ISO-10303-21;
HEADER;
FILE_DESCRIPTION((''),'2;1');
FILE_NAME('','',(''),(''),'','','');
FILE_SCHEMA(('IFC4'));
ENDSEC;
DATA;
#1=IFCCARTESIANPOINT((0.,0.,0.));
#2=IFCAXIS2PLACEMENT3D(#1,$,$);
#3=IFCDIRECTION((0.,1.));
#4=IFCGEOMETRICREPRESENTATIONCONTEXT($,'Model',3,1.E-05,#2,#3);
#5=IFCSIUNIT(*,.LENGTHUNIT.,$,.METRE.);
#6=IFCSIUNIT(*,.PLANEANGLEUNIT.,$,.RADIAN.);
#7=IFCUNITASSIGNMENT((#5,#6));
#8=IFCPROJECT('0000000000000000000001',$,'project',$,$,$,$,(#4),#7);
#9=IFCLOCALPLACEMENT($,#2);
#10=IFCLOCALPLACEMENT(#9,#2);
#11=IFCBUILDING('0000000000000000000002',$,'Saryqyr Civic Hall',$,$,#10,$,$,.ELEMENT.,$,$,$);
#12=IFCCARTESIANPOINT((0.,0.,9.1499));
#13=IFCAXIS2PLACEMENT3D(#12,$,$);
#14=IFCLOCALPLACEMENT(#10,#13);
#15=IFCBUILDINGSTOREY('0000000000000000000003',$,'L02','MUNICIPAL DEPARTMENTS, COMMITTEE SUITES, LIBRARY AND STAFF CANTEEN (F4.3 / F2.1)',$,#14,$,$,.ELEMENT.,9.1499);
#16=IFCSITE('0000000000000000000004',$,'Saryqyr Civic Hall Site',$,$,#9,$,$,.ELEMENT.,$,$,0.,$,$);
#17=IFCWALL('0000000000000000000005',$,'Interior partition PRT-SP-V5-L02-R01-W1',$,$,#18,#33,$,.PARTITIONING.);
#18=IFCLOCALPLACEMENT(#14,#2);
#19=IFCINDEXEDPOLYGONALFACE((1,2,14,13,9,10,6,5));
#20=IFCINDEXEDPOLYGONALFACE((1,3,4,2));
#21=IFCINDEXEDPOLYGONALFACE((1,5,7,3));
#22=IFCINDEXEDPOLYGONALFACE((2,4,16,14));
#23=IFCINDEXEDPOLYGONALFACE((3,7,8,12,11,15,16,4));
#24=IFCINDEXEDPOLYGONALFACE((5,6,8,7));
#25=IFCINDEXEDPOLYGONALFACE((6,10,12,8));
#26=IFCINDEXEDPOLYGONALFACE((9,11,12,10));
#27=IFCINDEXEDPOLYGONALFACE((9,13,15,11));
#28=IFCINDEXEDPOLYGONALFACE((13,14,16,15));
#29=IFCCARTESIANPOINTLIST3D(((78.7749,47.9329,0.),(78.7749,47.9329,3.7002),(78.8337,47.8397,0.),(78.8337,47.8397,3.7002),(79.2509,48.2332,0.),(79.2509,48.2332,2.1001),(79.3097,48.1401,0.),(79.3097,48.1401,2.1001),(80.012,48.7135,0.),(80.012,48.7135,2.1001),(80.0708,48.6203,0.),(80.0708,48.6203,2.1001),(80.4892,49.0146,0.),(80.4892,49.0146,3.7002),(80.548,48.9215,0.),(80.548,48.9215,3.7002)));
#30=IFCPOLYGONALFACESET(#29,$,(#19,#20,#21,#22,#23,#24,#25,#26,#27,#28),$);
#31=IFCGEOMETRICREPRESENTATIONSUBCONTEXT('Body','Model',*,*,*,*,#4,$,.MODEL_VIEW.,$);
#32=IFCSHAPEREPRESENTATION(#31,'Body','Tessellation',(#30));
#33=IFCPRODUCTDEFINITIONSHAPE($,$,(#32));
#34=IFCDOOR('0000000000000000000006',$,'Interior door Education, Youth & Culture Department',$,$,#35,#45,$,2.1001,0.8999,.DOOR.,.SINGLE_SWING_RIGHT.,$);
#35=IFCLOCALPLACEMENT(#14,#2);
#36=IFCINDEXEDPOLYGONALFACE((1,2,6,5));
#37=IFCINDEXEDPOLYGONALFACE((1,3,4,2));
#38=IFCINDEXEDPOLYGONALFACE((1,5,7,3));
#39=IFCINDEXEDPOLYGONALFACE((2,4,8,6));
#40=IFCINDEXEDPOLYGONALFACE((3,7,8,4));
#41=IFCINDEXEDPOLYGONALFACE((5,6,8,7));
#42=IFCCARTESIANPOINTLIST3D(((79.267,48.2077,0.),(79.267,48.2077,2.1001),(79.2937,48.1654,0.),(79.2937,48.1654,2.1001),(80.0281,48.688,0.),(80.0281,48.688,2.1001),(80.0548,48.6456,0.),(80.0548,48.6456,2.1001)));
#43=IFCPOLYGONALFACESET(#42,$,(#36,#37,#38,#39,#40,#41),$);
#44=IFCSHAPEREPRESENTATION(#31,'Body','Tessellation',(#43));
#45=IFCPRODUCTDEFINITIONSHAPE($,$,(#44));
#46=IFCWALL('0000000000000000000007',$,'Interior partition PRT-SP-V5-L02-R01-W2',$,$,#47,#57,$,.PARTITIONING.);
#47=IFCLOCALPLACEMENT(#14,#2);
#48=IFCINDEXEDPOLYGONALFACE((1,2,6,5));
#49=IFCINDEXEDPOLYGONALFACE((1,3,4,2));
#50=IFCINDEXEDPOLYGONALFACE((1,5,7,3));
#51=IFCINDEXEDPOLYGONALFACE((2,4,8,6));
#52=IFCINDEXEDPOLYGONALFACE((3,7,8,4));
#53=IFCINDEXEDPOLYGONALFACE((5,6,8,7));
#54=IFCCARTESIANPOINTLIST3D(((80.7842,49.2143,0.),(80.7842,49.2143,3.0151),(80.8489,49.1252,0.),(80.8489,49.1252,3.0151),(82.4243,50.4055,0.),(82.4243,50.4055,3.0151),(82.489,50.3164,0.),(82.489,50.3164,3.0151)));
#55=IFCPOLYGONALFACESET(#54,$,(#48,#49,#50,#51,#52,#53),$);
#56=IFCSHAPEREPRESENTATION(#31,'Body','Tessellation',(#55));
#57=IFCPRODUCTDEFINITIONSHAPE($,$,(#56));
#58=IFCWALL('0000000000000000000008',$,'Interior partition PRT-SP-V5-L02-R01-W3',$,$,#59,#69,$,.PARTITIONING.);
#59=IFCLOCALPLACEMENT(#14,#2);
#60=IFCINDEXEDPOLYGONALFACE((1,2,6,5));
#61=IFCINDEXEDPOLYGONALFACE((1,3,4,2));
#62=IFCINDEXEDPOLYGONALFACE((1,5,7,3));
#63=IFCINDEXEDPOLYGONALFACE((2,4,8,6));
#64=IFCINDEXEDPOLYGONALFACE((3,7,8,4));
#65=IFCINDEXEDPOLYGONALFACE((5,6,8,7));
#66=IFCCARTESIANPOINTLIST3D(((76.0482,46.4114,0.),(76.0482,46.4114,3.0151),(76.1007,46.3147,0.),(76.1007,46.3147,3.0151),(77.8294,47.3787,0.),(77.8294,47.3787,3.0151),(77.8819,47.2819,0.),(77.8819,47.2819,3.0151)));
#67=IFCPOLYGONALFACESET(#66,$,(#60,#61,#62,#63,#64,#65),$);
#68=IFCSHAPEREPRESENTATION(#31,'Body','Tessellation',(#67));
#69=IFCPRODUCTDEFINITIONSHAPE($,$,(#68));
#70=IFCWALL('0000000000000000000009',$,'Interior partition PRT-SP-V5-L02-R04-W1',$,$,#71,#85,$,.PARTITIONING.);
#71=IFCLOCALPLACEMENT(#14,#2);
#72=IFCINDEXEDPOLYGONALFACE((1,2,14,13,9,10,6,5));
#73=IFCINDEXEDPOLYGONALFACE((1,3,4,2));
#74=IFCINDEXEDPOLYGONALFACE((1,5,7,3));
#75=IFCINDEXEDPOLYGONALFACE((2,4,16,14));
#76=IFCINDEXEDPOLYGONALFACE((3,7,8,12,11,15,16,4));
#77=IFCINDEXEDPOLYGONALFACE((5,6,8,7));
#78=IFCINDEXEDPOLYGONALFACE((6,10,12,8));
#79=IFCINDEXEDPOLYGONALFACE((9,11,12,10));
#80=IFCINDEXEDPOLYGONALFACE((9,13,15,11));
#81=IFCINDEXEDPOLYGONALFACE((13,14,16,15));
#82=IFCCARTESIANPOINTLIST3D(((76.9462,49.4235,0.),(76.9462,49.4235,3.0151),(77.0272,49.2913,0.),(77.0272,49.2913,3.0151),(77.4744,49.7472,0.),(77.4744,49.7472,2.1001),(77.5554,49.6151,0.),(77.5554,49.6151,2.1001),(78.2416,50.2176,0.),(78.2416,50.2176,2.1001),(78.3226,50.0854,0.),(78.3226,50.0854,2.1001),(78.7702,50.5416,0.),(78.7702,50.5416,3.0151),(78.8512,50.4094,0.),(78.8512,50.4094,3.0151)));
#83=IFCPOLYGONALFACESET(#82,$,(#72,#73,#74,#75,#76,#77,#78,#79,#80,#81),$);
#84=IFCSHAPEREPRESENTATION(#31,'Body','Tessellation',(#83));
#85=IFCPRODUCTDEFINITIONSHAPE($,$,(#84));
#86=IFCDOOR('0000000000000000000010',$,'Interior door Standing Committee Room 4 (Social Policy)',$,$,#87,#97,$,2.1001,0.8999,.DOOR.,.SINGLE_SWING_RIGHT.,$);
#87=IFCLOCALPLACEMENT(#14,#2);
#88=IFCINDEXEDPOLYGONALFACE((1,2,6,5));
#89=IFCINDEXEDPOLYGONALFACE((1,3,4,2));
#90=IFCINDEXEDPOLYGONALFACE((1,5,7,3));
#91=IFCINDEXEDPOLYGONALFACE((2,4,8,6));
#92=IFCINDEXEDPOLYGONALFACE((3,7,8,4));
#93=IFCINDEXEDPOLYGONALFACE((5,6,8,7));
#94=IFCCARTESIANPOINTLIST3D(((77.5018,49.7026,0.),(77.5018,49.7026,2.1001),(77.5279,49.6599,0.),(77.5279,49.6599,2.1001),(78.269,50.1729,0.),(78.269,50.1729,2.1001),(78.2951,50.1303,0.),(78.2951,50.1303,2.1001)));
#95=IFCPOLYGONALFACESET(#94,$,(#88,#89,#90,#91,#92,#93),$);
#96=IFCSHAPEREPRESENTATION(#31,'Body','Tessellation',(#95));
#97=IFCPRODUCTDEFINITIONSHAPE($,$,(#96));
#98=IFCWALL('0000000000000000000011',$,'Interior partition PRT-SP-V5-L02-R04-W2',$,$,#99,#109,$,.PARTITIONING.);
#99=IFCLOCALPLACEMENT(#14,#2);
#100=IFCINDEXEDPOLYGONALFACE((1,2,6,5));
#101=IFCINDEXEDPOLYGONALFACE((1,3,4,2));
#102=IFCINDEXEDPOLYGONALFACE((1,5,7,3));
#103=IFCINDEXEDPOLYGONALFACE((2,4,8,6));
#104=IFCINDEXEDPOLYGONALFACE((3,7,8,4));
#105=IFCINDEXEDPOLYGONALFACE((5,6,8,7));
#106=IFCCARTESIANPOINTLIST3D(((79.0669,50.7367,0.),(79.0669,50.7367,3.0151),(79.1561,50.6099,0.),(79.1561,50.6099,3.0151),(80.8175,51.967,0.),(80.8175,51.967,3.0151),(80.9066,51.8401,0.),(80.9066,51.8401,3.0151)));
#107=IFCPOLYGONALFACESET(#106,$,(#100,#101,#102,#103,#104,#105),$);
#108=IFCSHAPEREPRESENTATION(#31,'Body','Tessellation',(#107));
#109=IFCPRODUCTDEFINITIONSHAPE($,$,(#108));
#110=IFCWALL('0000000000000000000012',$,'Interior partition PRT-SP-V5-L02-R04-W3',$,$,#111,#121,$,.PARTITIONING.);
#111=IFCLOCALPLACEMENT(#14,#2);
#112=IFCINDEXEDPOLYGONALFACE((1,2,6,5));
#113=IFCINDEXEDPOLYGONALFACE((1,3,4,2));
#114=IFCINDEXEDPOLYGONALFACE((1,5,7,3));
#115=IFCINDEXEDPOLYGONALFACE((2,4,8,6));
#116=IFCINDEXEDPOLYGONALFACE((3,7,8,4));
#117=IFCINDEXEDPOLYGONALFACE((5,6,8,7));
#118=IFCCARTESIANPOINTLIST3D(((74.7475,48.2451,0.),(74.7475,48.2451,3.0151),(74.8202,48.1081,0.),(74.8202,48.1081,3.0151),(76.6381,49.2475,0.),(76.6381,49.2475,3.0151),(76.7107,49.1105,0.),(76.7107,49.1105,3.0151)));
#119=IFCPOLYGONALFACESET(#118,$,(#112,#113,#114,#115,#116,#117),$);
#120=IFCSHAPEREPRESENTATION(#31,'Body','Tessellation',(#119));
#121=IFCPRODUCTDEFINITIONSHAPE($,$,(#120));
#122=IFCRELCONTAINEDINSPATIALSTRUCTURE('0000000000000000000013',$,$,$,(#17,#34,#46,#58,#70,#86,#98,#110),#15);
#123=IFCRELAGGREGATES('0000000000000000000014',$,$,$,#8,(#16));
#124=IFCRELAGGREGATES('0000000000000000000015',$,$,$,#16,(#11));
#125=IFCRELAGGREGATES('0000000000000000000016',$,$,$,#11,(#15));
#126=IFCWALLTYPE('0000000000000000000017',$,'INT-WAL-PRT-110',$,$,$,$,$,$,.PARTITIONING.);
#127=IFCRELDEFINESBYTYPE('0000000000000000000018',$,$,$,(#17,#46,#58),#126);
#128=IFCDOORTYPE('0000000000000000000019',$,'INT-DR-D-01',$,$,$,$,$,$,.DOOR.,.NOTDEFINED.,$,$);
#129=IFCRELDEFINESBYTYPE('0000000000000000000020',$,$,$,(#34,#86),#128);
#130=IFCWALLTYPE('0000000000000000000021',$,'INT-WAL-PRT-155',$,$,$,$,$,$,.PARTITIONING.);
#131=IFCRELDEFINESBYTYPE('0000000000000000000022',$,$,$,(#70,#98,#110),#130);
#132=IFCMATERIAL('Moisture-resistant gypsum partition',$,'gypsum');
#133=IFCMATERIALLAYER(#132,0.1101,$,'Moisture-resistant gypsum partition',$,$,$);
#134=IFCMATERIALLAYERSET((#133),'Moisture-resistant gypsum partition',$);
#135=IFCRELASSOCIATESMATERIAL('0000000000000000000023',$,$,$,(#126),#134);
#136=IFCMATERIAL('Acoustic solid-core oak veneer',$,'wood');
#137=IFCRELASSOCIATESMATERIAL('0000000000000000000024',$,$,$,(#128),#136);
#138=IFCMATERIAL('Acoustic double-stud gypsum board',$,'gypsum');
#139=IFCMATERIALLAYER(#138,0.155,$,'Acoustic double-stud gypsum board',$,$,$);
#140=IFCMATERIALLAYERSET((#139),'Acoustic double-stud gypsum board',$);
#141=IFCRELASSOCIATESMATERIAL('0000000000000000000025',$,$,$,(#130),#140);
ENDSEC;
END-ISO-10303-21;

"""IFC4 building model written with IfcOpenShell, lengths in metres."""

from ifc_helpers import new_model, si_unit, direction, frame, frame_2d, origin, place, context, subcontext, project, spatial, rectangle, extrude, material, layer, layer_set, type_object, element, fill, save


model = new_model("IFC4")

# Units and contexts
model_context = context("Model", 3, precision=1e-05, world=origin(), true_north=direction((0.0, 1.0)))
body_context = subcontext(model_context, "Body", "Model", "MODEL_VIEW")
ifc_project = project(units=[si_unit("LENGTHUNIT", "METRE"), si_unit("PLANEANGLEUNIT", "RADIAN")], contexts=[model_context])

# Site, building, storey
site_placement = place(None, origin())
site = spatial("IfcSite", under=ifc_project, at=site_placement, Name="Saryqyr Civic Hall Site", CompositionType="ELEMENT", RefElevation=0.0)
building_placement = place(site_placement, origin())
building = spatial("IfcBuilding", under=site, at=building_placement, Name="Saryqyr Civic Hall", CompositionType="ELEMENT")
storey_placement = place(building_placement, frame((0.0, 0.0, 9.1499)))
storey = spatial("IfcBuildingStorey", under=building, at=storey_placement, Name="L02", Description="MUNICIPAL DEPARTMENTS, COMMITTEE SUITES, LIBRARY AND STAFF CANTEEN (F4.3 / F2.1)", CompositionType="ELEMENT", Elevation=9.1499)

# Wall, opening, door
ifc_material_1 = material(Name="Moisture-resistant gypsum partition", Category="gypsum")
ifc_layer_1 = layer(ifc_material_1, 0.1101, Name="Moisture-resistant gypsum partition")
ifc_layer_set_1 = layer_set([ifc_layer_1], Name="Moisture-resistant gypsum partition")
wall_type_1 = type_object("IfcWallType", Name="INT-WAL-PRT-110", PredefinedType="PARTITIONING", material=ifc_layer_set_1)
wall_1_placement = place(storey_placement, frame((78.8042, 47.8862, 0.0), z_axis=(0.0, 0.0, 1.0), x_axis=(0.845703, 0.533653, 0.0)))
wall_1 = element("IfcWall", 1, at=wall_1_placement, inside=storey, type_object=wall_type_1, Name="Interior partition PRT-SP-V5-L02-R01-W1", PredefinedType="PARTITIONING", context=body_context, shape_type="SweptSolid", body=[
    extrude(rectangle(XDim=2.0271, YDim=0.1101, at=frame_2d((1.0137, 0.0))), origin(), (0.0, 0.0, 1.0), 3.7002),
])
opening_1_placement = place(wall_1_placement, frame((0.563, 0.0, 0.0)))
opening_1 = element("IfcOpeningElement", 2, at=opening_1_placement, cuts=wall_1, PredefinedType="OPENING", context=body_context, shape_type="SweptSolid", body=[
    extrude(rectangle(XDim=0.8999, YDim=2.1001, at=frame_2d((0.45, 1.05))), frame((0.0, 0.0649, 0.0), z_axis=(0.0, -1.0, 0.0), x_axis=(1.0, 0.0, 0.0)), (0.0, 0.0, 1.0), 0.1301),
])
ifc_material_2 = material(Name="Acoustic solid-core oak veneer", Category="wood")
door_type = type_object("IfcDoorType", Name="INT-DR-D-01", OperationType="NOTDEFINED", PredefinedType="DOOR", material=ifc_material_2)
door_1_placement = place(opening_1_placement, origin())
door_1 = element("IfcDoor", 3, at=door_1_placement, inside=storey, type_object=door_type, Name="Interior door Education, Youth & Culture Department", OperationType="SINGLE_SWING_RIGHT", OverallHeight=2.1001, OverallWidth=0.8999, PredefinedType="DOOR", context=body_context, shape_type="SweptSolid", body=[
    extrude(rectangle(XDim=0.8999, YDim=2.1001, at=frame_2d((0.45, 1.05))), frame((0.0, 0.0249, 0.0), z_axis=(0.0, -1.0, 0.0), x_axis=(1.0, 0.0, 0.0)), (0.0, 0.0, 1.0), 0.05),
])
fill(opening_1, door_1)

# Walls
wall_2_placement = place(storey_placement, frame((80.8164, 49.1697, 0.0), z_axis=(0.0, 0.0, 1.0), x_axis=(0.809127, 0.587634, 0.0)))
element("IfcWall", 4, at=wall_2_placement, inside=storey, type_object=wall_type_1, Name="Interior partition PRT-SP-V5-L02-R01-W2", PredefinedType="PARTITIONING", context=body_context, shape_type="SweptSolid", body=[
    extrude(rectangle(XDim=2.0271, YDim=0.1101, at=frame_2d((1.0137, 0.0))), origin(), (0.0, 0.0, 1.0), 3.0151),
])
wall_3_placement = place(storey_placement, frame((76.0745, 46.363, 0.0), z_axis=(0.0, 0.0, 1.0), x_axis=(0.878787, 0.477214, 0.0)))
element("IfcWall", 5, at=wall_3_placement, inside=storey, type_object=wall_type_1, Name="Interior partition PRT-SP-V5-L02-R01-W3", PredefinedType="PARTITIONING", context=body_context, shape_type="SweptSolid", body=[
    extrude(rectangle(XDim=2.0269, YDim=0.1101, at=frame_2d((1.0134, 0.0))), origin(), (0.0, 0.0, 1.0), 3.0151),
])

# Wall, opening, door
ifc_material_3 = material(Name="Acoustic double-stud gypsum board", Category="gypsum")
ifc_layer_2 = layer(ifc_material_3, 0.155, Name="Acoustic double-stud gypsum board")
ifc_layer_set_2 = layer_set([ifc_layer_2], Name="Acoustic double-stud gypsum board")
wall_type_2 = type_object("IfcWallType", Name="INT-WAL-PRT-155", PredefinedType="PARTITIONING", material=ifc_layer_set_2)
wall_4_placement = place(storey_placement, frame((78.8108, 50.4756, 0.0), z_axis=(0.0, 0.0, 1.0), x_axis=(-0.85255, -0.522645, 0.0)))
wall_4 = element("IfcWall", 6, at=wall_4_placement, inside=storey, type_object=wall_type_2, Name="Interior partition PRT-SP-V5-L02-R04-W1", PredefinedType="PARTITIONING", context=body_context, shape_type="SweptSolid", body=[
    extrude(rectangle(XDim=2.1394, YDim=0.155, at=frame_2d((1.0698, 0.0))), origin(), (0.0, 0.0, 1.0), 3.0151),
])
opening_2_placement = place(wall_4_placement, frame((0.6201, 0.0, 0.0)))
opening_2 = element("IfcOpeningElement", 7, at=opening_2_placement, cuts=wall_4, PredefinedType="OPENING", context=body_context, shape_type="SweptSolid", body=[
    extrude(rectangle(XDim=0.8999, YDim=2.1001, at=frame_2d((0.45, 1.05))), frame((0.0, 0.0874, 0.0), z_axis=(0.0, -1.0, 0.0), x_axis=(1.0, 0.0, 0.0)), (0.0, 0.0, 1.0), 0.175),
])
door_2_placement = place(opening_2_placement, origin())
door_2 = element("IfcDoor", 8, at=door_2_placement, inside=storey, type_object=door_type, Name="Interior door Standing Committee Room 4 (Social Policy)", OperationType="SINGLE_SWING_RIGHT", OverallHeight=2.1001, OverallWidth=0.8999, PredefinedType="DOOR", context=body_context, shape_type="SweptSolid", body=[
    extrude(rectangle(XDim=0.8999, YDim=2.1001, at=frame_2d((0.45, 1.05))), frame((0.0, 0.0249, 0.0), z_axis=(0.0, -1.0, 0.0), x_axis=(1.0, 0.0, 0.0)), (0.0, 0.0, 1.0), 0.05),
])
fill(opening_2, door_2)

# Walls
wall_5_placement = place(storey_placement, frame((80.8621, 51.9036, 0.0), z_axis=(0.0, 0.0, 1.0), x_axis=(-0.818158, -0.574993, 0.0)))
element("IfcWall", 9, at=wall_5_placement, inside=storey, type_object=wall_type_2, Name="Interior partition PRT-SP-V5-L02-R04-W2", PredefinedType="PARTITIONING", context=body_context, shape_type="SweptSolid", body=[
    extrude(rectangle(XDim=2.1396, YDim=0.155, at=frame_2d((1.0698, 0.0))), origin(), (0.0, 0.0, 1.0), 3.0151),
])
wall_6_placement = place(storey_placement, frame((76.6743, 49.179, 0.0), z_axis=(0.0, 0.0, 1.0), x_axis=(-0.883494, -0.468443, 0.0)))
element("IfcWall", 10, at=wall_6_placement, inside=storey, type_object=wall_type_2, Name="Interior partition PRT-SP-V5-L02-R04-W3", PredefinedType="PARTITIONING", context=body_context, shape_type="SweptSolid", body=[
    extrude(rectangle(XDim=2.1399, YDim=0.155, at=frame_2d((1.0698, 0.0))), origin(), (0.0, 0.0, 1.0), 3.0151),
])

save(model, "model.ifc")
